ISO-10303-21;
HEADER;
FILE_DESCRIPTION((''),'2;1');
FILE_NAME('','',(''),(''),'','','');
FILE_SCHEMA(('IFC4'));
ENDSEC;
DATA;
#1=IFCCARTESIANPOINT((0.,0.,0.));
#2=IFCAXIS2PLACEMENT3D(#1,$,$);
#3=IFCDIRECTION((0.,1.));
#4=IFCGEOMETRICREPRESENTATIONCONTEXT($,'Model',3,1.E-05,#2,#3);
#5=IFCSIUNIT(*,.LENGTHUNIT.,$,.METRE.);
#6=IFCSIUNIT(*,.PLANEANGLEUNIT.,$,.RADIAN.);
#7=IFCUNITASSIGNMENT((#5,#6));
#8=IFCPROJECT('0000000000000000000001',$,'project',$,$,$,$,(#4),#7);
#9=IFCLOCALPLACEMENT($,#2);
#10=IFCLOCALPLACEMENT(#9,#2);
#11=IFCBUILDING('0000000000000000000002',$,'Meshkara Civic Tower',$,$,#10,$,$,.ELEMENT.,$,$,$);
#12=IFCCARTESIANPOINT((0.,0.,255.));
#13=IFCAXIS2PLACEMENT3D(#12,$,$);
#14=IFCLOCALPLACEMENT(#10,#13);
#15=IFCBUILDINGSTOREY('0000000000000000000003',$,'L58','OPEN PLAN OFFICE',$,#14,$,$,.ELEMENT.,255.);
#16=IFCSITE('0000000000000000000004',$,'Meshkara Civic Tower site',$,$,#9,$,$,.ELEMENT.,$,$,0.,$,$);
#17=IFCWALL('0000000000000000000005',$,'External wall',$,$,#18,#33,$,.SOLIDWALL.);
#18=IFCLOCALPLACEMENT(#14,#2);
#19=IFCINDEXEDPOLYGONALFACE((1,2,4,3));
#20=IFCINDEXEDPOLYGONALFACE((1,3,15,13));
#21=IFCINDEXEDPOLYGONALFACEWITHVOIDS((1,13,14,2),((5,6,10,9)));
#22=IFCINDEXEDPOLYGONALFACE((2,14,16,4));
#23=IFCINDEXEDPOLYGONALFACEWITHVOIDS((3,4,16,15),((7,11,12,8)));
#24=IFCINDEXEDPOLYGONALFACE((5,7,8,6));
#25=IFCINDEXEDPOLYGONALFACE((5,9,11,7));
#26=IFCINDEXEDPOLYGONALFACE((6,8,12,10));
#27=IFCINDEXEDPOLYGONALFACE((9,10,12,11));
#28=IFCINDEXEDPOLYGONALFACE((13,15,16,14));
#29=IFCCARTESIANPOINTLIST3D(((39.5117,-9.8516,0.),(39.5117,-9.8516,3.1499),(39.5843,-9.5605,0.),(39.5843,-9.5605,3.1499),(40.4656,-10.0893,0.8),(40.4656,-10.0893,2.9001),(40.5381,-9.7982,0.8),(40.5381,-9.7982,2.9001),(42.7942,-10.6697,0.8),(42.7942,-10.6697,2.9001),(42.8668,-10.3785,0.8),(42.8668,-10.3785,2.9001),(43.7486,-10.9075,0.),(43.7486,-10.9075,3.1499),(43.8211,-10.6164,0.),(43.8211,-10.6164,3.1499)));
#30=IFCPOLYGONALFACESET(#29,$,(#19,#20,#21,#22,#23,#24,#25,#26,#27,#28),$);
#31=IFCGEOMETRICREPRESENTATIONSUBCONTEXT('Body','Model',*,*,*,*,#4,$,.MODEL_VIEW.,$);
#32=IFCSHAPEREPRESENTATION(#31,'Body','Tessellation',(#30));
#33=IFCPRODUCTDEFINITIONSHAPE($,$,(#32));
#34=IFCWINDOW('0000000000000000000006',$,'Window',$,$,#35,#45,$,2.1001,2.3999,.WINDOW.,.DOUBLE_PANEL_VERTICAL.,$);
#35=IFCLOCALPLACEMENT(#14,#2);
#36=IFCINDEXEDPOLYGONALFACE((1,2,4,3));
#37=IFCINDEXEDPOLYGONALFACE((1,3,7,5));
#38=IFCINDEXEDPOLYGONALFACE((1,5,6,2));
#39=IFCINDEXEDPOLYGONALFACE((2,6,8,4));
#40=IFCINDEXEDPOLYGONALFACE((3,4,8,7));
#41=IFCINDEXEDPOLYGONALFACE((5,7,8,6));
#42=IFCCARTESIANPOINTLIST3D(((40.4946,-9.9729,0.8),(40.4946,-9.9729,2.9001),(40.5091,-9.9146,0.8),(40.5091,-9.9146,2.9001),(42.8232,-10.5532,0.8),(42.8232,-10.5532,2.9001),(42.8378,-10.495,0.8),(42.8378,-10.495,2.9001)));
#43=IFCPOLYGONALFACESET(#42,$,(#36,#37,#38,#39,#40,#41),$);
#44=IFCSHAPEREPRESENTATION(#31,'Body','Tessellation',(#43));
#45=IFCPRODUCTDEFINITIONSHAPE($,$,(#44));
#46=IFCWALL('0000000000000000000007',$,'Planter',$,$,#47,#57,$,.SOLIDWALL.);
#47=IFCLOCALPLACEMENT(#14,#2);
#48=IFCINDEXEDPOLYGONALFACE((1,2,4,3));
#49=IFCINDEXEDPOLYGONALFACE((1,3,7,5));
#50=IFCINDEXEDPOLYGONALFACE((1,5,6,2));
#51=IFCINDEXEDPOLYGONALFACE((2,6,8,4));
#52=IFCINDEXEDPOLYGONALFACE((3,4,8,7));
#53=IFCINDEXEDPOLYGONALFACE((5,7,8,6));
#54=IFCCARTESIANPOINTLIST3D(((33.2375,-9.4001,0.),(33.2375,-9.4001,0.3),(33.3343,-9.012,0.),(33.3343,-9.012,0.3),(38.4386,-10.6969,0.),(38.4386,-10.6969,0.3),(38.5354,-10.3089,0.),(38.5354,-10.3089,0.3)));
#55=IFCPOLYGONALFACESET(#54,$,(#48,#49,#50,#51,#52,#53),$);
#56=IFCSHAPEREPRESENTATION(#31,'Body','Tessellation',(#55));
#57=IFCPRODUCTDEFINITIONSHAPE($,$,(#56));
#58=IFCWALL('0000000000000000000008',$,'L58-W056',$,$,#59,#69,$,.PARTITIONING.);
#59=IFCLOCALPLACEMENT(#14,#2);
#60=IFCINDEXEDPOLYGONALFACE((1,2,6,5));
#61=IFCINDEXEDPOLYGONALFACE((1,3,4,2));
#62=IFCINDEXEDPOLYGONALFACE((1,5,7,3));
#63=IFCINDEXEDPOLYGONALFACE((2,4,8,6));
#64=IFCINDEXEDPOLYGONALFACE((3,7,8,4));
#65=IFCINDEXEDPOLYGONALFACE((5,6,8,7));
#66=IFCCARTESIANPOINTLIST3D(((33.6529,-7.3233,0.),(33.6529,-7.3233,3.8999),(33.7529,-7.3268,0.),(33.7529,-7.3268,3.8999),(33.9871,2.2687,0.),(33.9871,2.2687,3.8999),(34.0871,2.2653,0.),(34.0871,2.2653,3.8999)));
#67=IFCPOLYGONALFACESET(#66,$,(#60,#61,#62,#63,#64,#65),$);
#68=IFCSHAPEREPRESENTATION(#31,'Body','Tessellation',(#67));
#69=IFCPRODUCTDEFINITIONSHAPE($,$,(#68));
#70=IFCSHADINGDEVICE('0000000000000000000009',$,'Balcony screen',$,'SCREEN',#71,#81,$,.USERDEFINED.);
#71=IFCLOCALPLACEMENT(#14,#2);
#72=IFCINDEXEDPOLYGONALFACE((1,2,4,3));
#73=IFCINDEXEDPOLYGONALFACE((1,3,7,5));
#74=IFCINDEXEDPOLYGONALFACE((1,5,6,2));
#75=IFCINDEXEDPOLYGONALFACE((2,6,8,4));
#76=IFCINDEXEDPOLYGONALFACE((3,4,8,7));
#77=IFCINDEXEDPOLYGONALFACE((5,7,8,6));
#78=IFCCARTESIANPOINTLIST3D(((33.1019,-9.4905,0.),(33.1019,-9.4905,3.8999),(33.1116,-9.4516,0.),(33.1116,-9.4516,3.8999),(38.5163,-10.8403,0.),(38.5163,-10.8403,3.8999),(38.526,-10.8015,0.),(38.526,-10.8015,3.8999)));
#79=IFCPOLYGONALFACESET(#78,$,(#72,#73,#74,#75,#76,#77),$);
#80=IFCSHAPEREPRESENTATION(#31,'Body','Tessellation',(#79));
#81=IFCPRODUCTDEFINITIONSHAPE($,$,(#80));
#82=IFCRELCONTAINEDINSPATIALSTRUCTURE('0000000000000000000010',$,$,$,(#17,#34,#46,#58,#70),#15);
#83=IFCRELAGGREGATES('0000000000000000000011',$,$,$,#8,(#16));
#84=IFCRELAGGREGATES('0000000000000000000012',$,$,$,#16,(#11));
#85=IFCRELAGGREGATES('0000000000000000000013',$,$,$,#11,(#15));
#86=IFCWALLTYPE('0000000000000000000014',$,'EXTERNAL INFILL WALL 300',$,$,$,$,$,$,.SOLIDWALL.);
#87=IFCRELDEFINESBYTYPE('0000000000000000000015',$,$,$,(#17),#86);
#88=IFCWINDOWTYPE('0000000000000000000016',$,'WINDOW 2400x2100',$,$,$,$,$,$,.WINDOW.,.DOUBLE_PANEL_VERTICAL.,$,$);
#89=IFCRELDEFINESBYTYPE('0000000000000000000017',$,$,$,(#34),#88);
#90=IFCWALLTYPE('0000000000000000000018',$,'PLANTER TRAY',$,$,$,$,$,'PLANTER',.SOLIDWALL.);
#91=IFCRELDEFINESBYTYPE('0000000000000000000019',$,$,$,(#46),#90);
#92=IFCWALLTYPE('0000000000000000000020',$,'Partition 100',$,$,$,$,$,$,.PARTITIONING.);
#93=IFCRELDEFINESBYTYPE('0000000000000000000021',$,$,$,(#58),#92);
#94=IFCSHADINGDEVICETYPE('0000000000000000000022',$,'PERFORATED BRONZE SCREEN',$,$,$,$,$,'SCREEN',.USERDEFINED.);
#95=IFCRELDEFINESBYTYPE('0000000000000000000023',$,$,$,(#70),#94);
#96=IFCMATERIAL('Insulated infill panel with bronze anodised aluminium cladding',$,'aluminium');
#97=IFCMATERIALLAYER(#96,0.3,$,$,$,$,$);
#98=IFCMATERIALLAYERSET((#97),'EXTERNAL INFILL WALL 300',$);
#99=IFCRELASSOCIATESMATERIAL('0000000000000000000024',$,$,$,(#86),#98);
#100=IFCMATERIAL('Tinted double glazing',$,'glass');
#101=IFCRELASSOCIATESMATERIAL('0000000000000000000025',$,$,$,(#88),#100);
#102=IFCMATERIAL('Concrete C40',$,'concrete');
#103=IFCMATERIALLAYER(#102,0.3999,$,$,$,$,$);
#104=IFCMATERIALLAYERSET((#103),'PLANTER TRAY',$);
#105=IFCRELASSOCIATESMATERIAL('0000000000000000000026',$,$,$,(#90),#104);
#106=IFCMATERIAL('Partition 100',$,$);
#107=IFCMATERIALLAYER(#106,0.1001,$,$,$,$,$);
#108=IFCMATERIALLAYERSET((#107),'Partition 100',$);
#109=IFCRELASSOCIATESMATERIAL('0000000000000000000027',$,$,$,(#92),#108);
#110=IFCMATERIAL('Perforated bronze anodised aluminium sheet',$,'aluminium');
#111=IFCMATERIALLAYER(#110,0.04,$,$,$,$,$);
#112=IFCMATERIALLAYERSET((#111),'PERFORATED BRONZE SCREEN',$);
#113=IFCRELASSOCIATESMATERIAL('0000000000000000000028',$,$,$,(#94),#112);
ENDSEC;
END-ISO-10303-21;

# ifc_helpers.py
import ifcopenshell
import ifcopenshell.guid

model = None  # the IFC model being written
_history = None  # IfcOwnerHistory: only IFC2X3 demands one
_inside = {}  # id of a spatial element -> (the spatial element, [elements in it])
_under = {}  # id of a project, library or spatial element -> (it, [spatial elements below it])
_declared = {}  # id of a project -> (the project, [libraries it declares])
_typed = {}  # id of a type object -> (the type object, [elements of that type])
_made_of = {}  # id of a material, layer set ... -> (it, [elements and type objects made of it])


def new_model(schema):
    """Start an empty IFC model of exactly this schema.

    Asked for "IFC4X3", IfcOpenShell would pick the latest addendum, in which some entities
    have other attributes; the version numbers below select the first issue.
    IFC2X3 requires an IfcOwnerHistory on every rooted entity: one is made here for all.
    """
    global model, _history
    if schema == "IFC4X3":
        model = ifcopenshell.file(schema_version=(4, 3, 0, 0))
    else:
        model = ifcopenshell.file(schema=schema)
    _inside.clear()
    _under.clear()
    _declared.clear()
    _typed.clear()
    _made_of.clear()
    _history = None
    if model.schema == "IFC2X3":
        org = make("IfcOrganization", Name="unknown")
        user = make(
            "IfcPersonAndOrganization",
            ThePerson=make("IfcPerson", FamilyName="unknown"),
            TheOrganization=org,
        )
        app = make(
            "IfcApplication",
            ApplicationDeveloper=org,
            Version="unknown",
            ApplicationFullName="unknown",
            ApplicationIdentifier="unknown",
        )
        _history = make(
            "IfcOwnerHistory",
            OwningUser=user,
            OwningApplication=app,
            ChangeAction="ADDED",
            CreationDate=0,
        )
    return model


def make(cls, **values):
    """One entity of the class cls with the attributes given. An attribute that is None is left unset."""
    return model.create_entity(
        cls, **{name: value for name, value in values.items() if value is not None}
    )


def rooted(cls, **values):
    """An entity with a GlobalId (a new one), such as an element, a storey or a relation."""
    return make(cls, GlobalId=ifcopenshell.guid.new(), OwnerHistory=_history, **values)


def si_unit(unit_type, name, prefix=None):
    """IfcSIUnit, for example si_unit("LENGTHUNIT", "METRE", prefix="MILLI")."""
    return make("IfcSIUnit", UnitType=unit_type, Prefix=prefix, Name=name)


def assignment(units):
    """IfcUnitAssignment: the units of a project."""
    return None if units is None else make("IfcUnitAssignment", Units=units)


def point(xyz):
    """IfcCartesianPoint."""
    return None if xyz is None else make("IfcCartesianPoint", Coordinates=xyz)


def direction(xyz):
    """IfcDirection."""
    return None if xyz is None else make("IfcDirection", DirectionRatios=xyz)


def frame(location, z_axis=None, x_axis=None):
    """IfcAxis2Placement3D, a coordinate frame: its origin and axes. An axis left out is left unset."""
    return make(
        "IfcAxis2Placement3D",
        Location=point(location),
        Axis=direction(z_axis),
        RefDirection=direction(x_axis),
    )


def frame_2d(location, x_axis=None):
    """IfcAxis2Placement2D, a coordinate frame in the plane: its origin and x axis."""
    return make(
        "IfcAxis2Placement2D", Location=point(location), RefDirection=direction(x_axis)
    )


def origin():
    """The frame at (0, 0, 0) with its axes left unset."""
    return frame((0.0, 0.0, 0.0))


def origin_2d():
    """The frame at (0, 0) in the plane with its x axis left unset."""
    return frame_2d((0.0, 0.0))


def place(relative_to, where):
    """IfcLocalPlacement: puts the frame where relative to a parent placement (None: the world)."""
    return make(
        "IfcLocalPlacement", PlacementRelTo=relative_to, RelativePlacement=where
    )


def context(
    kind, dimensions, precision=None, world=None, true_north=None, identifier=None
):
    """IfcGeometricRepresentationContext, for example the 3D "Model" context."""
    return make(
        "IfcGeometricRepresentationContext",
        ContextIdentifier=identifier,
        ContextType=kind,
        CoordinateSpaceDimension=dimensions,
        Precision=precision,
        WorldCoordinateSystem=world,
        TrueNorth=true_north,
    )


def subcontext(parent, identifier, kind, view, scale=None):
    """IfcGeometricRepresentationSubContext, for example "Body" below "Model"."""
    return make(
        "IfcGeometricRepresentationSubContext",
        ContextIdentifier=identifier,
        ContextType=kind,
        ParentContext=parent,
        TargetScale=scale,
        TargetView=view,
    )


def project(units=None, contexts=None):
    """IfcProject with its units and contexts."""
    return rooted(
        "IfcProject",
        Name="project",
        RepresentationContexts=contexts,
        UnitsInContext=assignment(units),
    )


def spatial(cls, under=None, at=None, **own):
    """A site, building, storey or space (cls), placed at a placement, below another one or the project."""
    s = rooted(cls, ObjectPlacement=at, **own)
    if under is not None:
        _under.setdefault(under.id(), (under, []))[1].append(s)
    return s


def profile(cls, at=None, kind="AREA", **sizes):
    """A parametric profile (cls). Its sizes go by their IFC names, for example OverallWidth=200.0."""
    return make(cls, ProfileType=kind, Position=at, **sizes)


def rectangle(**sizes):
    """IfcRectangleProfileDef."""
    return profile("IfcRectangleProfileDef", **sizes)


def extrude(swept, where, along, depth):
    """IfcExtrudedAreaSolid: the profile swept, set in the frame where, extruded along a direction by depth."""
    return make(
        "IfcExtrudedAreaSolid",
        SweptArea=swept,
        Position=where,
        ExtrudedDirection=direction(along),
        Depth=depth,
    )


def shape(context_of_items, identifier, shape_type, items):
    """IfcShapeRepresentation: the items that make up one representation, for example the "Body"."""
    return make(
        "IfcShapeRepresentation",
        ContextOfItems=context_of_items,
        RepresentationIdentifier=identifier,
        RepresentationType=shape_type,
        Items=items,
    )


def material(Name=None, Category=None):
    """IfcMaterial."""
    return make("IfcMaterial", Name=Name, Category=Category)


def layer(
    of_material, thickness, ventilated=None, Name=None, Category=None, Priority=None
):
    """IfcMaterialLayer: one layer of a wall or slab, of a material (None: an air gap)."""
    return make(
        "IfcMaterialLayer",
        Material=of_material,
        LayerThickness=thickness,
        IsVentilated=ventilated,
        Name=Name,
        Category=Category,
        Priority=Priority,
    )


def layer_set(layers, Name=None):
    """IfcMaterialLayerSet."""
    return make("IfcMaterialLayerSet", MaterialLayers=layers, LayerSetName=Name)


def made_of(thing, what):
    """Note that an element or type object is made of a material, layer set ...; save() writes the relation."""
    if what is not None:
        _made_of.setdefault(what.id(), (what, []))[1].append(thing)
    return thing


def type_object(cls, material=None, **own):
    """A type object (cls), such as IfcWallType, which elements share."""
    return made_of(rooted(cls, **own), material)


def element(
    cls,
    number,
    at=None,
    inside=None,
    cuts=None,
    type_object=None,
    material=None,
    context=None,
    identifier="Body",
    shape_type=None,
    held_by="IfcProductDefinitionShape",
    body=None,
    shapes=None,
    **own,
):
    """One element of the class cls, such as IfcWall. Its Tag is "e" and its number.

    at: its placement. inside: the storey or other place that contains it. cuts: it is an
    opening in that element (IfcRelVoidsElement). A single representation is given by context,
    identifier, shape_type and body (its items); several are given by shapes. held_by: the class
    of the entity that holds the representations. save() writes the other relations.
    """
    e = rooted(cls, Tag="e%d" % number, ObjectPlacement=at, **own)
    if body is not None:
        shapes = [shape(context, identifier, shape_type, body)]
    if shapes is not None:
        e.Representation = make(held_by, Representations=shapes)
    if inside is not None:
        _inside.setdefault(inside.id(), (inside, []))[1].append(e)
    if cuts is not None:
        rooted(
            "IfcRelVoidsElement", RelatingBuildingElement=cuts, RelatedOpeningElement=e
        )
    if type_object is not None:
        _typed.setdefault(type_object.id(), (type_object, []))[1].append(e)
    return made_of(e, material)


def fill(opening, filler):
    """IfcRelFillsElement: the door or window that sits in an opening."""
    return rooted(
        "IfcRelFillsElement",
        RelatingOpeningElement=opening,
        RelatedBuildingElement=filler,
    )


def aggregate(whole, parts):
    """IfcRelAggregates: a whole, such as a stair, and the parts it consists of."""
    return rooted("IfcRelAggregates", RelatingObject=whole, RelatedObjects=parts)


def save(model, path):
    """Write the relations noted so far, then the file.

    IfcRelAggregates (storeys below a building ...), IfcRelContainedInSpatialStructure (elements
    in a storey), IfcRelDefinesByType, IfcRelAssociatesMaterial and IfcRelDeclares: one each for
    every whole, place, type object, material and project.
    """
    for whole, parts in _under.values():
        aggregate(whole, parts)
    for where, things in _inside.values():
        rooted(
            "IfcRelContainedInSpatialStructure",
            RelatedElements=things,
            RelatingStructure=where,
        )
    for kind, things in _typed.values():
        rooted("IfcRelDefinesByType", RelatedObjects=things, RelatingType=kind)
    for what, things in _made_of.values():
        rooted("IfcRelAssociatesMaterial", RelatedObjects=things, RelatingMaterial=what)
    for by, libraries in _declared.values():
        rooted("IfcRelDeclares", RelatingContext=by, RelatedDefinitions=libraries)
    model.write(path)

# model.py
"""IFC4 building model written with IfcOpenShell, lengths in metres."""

from ifc_helpers import new_model, si_unit, direction, frame, frame_2d, origin, origin_2d, place, context, subcontext, project, spatial, rectangle, extrude, material, layer, layer_set, type_object, element, fill, save


model = new_model("IFC4")

# Units and contexts
model_context = context("Model", 3, precision=1e-05, world=origin(), true_north=direction((0.0, 1.0)))
body_context = subcontext(model_context, "Body", "Model", "MODEL_VIEW")
ifc_project = project(units=[si_unit("LENGTHUNIT", "METRE"), si_unit("PLANEANGLEUNIT", "RADIAN")], contexts=[model_context])

# Site, building, storey
site_placement = place(None, origin())
site = spatial("IfcSite", under=ifc_project, at=site_placement, Name="Meshkara Civic Tower site", CompositionType="ELEMENT", RefElevation=0.0)
building_placement = place(site_placement, origin())
building = spatial("IfcBuilding", under=site, at=building_placement, Name="Meshkara Civic Tower", CompositionType="ELEMENT")
storey_placement = place(building_placement, frame((0.0, 0.0, 255.0)))
storey = spatial("IfcBuildingStorey", under=building, at=storey_placement, Name="L58", Description="OPEN PLAN OFFICE", CompositionType="ELEMENT", Elevation=255.0)

# Wall, opening, window
ifc_material_1 = material(Name="Insulated infill panel with bronze anodised aluminium cladding", Category="aluminium")
ifc_layer_1 = layer(ifc_material_1, 0.3)
ifc_layer_set_1 = layer_set([ifc_layer_1], Name="EXTERNAL INFILL WALL 300")
wall_type_1 = type_object("IfcWallType", Name="EXTERNAL INFILL WALL 300", PredefinedType="SOLIDWALL", material=ifc_layer_set_1)
wall_1_placement = place(storey_placement, frame((39.5481, -9.7061, 0.0), z_axis=(0.0, 0.0, 1.0), x_axis=(0.97032, -0.241825, 0.0)))
wall_1 = element("IfcWall", 1, at=wall_1_placement, inside=storey, type_object=wall_type_1, Name="External wall", PredefinedType="SOLIDWALL", context=body_context, shape_type="SweptSolid", body=[
    extrude(rectangle(XDim=4.3665, YDim=0.3, at=frame_2d((2.1831, 0.0))), origin(), (0.0, 0.0, 1.0), 3.1499),
])
opening_1_placement = place(wall_1_placement, frame((0.9829, 0.0, 0.8)))
opening_1 = element("IfcOpeningElement", 2, at=opening_1_placement, cuts=wall_1, PredefinedType="OPENING", context=body_context, shape_type="SweptSolid", body=[
    extrude(rectangle(XDim=2.3999, YDim=2.1001, at=frame_2d((1.2, 1.05))), frame((0.0, 0.1599, 0.0), z_axis=(0.0, -1.0, 0.0), x_axis=(1.0, 0.0, 0.0)), (0.0, 0.0, 1.0), 0.3201),
])
ifc_material_2 = material(Name="Tinted double glazing", Category="glass")
window_type = type_object("IfcWindowType", Name="WINDOW 2400x2100", PartitioningType="DOUBLE_PANEL_VERTICAL", PredefinedType="WINDOW", material=ifc_material_2)
window_placement = place(opening_1_placement, origin())
window = element("IfcWindow", 3, at=window_placement, inside=storey, type_object=window_type, Name="Window", OverallHeight=2.1001, OverallWidth=2.3999, PartitioningType="DOUBLE_PANEL_VERTICAL", PredefinedType="WINDOW", context=body_context, shape_type="SweptSolid", body=[
    extrude(rectangle(XDim=2.3999, YDim=2.1001, at=frame_2d((1.2, 1.05))), frame((0.0, 0.03, 0.0), z_axis=(0.0, -1.0, 0.0), x_axis=(1.0, 0.0, 0.0)), (0.0, 0.0, 1.0), 0.0601),
])
fill(opening_1, window)

# Walls
ifc_material_3 = material(Name="Concrete C40", Category="concrete")
ifc_layer_2 = layer(ifc_material_3, 0.3999)
ifc_layer_set_2 = layer_set([ifc_layer_2], Name="PLANTER TRAY")
wall_type_2 = type_object("IfcWallType", Name="PLANTER TRAY", ElementType="PLANTER", PredefinedType="SOLIDWALL", material=ifc_layer_set_2)
wall_2_placement = place(storey_placement, frame((33.2859, -9.2061, 0.0), z_axis=(0.0, 0.0, 1.0), x_axis=(0.970292, -0.241935, 0.0)))
element("IfcWall", 4, at=wall_2_placement, inside=storey, type_object=wall_type_2, Name="Planter", PredefinedType="SOLIDWALL", context=body_context, shape_type="SweptSolid", body=[
    extrude(rectangle(XDim=5.3604, YDim=0.3999, at=frame_2d((2.6802, 0.0))), origin(), (0.0, 0.0, 1.0), 0.3),
])
ifc_material_4 = material(Name="Partition 100")
ifc_layer_3 = layer(ifc_material_4, 0.1001)
ifc_layer_set_3 = layer_set([ifc_layer_3], Name="Partition 100")
wall_type_3 = type_object("IfcWallType", Name="Partition 100", PredefinedType="PARTITIONING", material=ifc_layer_set_3)
wall_3_placement = place(storey_placement, frame((33.7029, -7.325, 0.0), z_axis=(0.0, 0.0, 1.0), x_axis=(0.034823, 0.999393, 0.0)))
element("IfcWall", 5, at=wall_3_placement, inside=storey, type_object=wall_type_3, Name="L58-W056", PredefinedType="PARTITIONING", context=body_context, shape_type="SweptSolid", body=[
    extrude(rectangle(XDim=9.5979, YDim=0.1001, at=frame_2d((4.7988, 0.0))), origin(), (0.0, 0.0, 1.0), 3.8999),
])

# Shading device
ifc_material_5 = material(Name="Perforated bronze anodised aluminium sheet", Category="aluminium")
ifc_layer_4 = layer(ifc_material_5, 0.04)
ifc_layer_set_4 = layer_set([ifc_layer_4], Name="PERFORATED BRONZE SCREEN")
shading_device_type = type_object("IfcShadingDeviceType", Name="PERFORATED BRONZE SCREEN", ElementType="SCREEN", PredefinedType="USERDEFINED", material=ifc_layer_set_4)
shading_device_placement = place(storey_placement, frame((35.814, -10.146, 0.0), z_axis=(0.0, 0.0, 1.0), x_axis=(0.9703, -0.241905, 0.0)))
element("IfcShadingDevice", 6, at=shading_device_placement, inside=storey, type_object=shading_device_type, Name="Balcony screen", ObjectType="SCREEN", PredefinedType="USERDEFINED", context=body_context, shape_type="SweptSolid", body=[
    extrude(rectangle(XDim=5.5801, YDim=0.04, at=origin_2d()), origin(), (0.0, 0.0, 1.0), 3.8999),
])

save(model, "model.ifc")
